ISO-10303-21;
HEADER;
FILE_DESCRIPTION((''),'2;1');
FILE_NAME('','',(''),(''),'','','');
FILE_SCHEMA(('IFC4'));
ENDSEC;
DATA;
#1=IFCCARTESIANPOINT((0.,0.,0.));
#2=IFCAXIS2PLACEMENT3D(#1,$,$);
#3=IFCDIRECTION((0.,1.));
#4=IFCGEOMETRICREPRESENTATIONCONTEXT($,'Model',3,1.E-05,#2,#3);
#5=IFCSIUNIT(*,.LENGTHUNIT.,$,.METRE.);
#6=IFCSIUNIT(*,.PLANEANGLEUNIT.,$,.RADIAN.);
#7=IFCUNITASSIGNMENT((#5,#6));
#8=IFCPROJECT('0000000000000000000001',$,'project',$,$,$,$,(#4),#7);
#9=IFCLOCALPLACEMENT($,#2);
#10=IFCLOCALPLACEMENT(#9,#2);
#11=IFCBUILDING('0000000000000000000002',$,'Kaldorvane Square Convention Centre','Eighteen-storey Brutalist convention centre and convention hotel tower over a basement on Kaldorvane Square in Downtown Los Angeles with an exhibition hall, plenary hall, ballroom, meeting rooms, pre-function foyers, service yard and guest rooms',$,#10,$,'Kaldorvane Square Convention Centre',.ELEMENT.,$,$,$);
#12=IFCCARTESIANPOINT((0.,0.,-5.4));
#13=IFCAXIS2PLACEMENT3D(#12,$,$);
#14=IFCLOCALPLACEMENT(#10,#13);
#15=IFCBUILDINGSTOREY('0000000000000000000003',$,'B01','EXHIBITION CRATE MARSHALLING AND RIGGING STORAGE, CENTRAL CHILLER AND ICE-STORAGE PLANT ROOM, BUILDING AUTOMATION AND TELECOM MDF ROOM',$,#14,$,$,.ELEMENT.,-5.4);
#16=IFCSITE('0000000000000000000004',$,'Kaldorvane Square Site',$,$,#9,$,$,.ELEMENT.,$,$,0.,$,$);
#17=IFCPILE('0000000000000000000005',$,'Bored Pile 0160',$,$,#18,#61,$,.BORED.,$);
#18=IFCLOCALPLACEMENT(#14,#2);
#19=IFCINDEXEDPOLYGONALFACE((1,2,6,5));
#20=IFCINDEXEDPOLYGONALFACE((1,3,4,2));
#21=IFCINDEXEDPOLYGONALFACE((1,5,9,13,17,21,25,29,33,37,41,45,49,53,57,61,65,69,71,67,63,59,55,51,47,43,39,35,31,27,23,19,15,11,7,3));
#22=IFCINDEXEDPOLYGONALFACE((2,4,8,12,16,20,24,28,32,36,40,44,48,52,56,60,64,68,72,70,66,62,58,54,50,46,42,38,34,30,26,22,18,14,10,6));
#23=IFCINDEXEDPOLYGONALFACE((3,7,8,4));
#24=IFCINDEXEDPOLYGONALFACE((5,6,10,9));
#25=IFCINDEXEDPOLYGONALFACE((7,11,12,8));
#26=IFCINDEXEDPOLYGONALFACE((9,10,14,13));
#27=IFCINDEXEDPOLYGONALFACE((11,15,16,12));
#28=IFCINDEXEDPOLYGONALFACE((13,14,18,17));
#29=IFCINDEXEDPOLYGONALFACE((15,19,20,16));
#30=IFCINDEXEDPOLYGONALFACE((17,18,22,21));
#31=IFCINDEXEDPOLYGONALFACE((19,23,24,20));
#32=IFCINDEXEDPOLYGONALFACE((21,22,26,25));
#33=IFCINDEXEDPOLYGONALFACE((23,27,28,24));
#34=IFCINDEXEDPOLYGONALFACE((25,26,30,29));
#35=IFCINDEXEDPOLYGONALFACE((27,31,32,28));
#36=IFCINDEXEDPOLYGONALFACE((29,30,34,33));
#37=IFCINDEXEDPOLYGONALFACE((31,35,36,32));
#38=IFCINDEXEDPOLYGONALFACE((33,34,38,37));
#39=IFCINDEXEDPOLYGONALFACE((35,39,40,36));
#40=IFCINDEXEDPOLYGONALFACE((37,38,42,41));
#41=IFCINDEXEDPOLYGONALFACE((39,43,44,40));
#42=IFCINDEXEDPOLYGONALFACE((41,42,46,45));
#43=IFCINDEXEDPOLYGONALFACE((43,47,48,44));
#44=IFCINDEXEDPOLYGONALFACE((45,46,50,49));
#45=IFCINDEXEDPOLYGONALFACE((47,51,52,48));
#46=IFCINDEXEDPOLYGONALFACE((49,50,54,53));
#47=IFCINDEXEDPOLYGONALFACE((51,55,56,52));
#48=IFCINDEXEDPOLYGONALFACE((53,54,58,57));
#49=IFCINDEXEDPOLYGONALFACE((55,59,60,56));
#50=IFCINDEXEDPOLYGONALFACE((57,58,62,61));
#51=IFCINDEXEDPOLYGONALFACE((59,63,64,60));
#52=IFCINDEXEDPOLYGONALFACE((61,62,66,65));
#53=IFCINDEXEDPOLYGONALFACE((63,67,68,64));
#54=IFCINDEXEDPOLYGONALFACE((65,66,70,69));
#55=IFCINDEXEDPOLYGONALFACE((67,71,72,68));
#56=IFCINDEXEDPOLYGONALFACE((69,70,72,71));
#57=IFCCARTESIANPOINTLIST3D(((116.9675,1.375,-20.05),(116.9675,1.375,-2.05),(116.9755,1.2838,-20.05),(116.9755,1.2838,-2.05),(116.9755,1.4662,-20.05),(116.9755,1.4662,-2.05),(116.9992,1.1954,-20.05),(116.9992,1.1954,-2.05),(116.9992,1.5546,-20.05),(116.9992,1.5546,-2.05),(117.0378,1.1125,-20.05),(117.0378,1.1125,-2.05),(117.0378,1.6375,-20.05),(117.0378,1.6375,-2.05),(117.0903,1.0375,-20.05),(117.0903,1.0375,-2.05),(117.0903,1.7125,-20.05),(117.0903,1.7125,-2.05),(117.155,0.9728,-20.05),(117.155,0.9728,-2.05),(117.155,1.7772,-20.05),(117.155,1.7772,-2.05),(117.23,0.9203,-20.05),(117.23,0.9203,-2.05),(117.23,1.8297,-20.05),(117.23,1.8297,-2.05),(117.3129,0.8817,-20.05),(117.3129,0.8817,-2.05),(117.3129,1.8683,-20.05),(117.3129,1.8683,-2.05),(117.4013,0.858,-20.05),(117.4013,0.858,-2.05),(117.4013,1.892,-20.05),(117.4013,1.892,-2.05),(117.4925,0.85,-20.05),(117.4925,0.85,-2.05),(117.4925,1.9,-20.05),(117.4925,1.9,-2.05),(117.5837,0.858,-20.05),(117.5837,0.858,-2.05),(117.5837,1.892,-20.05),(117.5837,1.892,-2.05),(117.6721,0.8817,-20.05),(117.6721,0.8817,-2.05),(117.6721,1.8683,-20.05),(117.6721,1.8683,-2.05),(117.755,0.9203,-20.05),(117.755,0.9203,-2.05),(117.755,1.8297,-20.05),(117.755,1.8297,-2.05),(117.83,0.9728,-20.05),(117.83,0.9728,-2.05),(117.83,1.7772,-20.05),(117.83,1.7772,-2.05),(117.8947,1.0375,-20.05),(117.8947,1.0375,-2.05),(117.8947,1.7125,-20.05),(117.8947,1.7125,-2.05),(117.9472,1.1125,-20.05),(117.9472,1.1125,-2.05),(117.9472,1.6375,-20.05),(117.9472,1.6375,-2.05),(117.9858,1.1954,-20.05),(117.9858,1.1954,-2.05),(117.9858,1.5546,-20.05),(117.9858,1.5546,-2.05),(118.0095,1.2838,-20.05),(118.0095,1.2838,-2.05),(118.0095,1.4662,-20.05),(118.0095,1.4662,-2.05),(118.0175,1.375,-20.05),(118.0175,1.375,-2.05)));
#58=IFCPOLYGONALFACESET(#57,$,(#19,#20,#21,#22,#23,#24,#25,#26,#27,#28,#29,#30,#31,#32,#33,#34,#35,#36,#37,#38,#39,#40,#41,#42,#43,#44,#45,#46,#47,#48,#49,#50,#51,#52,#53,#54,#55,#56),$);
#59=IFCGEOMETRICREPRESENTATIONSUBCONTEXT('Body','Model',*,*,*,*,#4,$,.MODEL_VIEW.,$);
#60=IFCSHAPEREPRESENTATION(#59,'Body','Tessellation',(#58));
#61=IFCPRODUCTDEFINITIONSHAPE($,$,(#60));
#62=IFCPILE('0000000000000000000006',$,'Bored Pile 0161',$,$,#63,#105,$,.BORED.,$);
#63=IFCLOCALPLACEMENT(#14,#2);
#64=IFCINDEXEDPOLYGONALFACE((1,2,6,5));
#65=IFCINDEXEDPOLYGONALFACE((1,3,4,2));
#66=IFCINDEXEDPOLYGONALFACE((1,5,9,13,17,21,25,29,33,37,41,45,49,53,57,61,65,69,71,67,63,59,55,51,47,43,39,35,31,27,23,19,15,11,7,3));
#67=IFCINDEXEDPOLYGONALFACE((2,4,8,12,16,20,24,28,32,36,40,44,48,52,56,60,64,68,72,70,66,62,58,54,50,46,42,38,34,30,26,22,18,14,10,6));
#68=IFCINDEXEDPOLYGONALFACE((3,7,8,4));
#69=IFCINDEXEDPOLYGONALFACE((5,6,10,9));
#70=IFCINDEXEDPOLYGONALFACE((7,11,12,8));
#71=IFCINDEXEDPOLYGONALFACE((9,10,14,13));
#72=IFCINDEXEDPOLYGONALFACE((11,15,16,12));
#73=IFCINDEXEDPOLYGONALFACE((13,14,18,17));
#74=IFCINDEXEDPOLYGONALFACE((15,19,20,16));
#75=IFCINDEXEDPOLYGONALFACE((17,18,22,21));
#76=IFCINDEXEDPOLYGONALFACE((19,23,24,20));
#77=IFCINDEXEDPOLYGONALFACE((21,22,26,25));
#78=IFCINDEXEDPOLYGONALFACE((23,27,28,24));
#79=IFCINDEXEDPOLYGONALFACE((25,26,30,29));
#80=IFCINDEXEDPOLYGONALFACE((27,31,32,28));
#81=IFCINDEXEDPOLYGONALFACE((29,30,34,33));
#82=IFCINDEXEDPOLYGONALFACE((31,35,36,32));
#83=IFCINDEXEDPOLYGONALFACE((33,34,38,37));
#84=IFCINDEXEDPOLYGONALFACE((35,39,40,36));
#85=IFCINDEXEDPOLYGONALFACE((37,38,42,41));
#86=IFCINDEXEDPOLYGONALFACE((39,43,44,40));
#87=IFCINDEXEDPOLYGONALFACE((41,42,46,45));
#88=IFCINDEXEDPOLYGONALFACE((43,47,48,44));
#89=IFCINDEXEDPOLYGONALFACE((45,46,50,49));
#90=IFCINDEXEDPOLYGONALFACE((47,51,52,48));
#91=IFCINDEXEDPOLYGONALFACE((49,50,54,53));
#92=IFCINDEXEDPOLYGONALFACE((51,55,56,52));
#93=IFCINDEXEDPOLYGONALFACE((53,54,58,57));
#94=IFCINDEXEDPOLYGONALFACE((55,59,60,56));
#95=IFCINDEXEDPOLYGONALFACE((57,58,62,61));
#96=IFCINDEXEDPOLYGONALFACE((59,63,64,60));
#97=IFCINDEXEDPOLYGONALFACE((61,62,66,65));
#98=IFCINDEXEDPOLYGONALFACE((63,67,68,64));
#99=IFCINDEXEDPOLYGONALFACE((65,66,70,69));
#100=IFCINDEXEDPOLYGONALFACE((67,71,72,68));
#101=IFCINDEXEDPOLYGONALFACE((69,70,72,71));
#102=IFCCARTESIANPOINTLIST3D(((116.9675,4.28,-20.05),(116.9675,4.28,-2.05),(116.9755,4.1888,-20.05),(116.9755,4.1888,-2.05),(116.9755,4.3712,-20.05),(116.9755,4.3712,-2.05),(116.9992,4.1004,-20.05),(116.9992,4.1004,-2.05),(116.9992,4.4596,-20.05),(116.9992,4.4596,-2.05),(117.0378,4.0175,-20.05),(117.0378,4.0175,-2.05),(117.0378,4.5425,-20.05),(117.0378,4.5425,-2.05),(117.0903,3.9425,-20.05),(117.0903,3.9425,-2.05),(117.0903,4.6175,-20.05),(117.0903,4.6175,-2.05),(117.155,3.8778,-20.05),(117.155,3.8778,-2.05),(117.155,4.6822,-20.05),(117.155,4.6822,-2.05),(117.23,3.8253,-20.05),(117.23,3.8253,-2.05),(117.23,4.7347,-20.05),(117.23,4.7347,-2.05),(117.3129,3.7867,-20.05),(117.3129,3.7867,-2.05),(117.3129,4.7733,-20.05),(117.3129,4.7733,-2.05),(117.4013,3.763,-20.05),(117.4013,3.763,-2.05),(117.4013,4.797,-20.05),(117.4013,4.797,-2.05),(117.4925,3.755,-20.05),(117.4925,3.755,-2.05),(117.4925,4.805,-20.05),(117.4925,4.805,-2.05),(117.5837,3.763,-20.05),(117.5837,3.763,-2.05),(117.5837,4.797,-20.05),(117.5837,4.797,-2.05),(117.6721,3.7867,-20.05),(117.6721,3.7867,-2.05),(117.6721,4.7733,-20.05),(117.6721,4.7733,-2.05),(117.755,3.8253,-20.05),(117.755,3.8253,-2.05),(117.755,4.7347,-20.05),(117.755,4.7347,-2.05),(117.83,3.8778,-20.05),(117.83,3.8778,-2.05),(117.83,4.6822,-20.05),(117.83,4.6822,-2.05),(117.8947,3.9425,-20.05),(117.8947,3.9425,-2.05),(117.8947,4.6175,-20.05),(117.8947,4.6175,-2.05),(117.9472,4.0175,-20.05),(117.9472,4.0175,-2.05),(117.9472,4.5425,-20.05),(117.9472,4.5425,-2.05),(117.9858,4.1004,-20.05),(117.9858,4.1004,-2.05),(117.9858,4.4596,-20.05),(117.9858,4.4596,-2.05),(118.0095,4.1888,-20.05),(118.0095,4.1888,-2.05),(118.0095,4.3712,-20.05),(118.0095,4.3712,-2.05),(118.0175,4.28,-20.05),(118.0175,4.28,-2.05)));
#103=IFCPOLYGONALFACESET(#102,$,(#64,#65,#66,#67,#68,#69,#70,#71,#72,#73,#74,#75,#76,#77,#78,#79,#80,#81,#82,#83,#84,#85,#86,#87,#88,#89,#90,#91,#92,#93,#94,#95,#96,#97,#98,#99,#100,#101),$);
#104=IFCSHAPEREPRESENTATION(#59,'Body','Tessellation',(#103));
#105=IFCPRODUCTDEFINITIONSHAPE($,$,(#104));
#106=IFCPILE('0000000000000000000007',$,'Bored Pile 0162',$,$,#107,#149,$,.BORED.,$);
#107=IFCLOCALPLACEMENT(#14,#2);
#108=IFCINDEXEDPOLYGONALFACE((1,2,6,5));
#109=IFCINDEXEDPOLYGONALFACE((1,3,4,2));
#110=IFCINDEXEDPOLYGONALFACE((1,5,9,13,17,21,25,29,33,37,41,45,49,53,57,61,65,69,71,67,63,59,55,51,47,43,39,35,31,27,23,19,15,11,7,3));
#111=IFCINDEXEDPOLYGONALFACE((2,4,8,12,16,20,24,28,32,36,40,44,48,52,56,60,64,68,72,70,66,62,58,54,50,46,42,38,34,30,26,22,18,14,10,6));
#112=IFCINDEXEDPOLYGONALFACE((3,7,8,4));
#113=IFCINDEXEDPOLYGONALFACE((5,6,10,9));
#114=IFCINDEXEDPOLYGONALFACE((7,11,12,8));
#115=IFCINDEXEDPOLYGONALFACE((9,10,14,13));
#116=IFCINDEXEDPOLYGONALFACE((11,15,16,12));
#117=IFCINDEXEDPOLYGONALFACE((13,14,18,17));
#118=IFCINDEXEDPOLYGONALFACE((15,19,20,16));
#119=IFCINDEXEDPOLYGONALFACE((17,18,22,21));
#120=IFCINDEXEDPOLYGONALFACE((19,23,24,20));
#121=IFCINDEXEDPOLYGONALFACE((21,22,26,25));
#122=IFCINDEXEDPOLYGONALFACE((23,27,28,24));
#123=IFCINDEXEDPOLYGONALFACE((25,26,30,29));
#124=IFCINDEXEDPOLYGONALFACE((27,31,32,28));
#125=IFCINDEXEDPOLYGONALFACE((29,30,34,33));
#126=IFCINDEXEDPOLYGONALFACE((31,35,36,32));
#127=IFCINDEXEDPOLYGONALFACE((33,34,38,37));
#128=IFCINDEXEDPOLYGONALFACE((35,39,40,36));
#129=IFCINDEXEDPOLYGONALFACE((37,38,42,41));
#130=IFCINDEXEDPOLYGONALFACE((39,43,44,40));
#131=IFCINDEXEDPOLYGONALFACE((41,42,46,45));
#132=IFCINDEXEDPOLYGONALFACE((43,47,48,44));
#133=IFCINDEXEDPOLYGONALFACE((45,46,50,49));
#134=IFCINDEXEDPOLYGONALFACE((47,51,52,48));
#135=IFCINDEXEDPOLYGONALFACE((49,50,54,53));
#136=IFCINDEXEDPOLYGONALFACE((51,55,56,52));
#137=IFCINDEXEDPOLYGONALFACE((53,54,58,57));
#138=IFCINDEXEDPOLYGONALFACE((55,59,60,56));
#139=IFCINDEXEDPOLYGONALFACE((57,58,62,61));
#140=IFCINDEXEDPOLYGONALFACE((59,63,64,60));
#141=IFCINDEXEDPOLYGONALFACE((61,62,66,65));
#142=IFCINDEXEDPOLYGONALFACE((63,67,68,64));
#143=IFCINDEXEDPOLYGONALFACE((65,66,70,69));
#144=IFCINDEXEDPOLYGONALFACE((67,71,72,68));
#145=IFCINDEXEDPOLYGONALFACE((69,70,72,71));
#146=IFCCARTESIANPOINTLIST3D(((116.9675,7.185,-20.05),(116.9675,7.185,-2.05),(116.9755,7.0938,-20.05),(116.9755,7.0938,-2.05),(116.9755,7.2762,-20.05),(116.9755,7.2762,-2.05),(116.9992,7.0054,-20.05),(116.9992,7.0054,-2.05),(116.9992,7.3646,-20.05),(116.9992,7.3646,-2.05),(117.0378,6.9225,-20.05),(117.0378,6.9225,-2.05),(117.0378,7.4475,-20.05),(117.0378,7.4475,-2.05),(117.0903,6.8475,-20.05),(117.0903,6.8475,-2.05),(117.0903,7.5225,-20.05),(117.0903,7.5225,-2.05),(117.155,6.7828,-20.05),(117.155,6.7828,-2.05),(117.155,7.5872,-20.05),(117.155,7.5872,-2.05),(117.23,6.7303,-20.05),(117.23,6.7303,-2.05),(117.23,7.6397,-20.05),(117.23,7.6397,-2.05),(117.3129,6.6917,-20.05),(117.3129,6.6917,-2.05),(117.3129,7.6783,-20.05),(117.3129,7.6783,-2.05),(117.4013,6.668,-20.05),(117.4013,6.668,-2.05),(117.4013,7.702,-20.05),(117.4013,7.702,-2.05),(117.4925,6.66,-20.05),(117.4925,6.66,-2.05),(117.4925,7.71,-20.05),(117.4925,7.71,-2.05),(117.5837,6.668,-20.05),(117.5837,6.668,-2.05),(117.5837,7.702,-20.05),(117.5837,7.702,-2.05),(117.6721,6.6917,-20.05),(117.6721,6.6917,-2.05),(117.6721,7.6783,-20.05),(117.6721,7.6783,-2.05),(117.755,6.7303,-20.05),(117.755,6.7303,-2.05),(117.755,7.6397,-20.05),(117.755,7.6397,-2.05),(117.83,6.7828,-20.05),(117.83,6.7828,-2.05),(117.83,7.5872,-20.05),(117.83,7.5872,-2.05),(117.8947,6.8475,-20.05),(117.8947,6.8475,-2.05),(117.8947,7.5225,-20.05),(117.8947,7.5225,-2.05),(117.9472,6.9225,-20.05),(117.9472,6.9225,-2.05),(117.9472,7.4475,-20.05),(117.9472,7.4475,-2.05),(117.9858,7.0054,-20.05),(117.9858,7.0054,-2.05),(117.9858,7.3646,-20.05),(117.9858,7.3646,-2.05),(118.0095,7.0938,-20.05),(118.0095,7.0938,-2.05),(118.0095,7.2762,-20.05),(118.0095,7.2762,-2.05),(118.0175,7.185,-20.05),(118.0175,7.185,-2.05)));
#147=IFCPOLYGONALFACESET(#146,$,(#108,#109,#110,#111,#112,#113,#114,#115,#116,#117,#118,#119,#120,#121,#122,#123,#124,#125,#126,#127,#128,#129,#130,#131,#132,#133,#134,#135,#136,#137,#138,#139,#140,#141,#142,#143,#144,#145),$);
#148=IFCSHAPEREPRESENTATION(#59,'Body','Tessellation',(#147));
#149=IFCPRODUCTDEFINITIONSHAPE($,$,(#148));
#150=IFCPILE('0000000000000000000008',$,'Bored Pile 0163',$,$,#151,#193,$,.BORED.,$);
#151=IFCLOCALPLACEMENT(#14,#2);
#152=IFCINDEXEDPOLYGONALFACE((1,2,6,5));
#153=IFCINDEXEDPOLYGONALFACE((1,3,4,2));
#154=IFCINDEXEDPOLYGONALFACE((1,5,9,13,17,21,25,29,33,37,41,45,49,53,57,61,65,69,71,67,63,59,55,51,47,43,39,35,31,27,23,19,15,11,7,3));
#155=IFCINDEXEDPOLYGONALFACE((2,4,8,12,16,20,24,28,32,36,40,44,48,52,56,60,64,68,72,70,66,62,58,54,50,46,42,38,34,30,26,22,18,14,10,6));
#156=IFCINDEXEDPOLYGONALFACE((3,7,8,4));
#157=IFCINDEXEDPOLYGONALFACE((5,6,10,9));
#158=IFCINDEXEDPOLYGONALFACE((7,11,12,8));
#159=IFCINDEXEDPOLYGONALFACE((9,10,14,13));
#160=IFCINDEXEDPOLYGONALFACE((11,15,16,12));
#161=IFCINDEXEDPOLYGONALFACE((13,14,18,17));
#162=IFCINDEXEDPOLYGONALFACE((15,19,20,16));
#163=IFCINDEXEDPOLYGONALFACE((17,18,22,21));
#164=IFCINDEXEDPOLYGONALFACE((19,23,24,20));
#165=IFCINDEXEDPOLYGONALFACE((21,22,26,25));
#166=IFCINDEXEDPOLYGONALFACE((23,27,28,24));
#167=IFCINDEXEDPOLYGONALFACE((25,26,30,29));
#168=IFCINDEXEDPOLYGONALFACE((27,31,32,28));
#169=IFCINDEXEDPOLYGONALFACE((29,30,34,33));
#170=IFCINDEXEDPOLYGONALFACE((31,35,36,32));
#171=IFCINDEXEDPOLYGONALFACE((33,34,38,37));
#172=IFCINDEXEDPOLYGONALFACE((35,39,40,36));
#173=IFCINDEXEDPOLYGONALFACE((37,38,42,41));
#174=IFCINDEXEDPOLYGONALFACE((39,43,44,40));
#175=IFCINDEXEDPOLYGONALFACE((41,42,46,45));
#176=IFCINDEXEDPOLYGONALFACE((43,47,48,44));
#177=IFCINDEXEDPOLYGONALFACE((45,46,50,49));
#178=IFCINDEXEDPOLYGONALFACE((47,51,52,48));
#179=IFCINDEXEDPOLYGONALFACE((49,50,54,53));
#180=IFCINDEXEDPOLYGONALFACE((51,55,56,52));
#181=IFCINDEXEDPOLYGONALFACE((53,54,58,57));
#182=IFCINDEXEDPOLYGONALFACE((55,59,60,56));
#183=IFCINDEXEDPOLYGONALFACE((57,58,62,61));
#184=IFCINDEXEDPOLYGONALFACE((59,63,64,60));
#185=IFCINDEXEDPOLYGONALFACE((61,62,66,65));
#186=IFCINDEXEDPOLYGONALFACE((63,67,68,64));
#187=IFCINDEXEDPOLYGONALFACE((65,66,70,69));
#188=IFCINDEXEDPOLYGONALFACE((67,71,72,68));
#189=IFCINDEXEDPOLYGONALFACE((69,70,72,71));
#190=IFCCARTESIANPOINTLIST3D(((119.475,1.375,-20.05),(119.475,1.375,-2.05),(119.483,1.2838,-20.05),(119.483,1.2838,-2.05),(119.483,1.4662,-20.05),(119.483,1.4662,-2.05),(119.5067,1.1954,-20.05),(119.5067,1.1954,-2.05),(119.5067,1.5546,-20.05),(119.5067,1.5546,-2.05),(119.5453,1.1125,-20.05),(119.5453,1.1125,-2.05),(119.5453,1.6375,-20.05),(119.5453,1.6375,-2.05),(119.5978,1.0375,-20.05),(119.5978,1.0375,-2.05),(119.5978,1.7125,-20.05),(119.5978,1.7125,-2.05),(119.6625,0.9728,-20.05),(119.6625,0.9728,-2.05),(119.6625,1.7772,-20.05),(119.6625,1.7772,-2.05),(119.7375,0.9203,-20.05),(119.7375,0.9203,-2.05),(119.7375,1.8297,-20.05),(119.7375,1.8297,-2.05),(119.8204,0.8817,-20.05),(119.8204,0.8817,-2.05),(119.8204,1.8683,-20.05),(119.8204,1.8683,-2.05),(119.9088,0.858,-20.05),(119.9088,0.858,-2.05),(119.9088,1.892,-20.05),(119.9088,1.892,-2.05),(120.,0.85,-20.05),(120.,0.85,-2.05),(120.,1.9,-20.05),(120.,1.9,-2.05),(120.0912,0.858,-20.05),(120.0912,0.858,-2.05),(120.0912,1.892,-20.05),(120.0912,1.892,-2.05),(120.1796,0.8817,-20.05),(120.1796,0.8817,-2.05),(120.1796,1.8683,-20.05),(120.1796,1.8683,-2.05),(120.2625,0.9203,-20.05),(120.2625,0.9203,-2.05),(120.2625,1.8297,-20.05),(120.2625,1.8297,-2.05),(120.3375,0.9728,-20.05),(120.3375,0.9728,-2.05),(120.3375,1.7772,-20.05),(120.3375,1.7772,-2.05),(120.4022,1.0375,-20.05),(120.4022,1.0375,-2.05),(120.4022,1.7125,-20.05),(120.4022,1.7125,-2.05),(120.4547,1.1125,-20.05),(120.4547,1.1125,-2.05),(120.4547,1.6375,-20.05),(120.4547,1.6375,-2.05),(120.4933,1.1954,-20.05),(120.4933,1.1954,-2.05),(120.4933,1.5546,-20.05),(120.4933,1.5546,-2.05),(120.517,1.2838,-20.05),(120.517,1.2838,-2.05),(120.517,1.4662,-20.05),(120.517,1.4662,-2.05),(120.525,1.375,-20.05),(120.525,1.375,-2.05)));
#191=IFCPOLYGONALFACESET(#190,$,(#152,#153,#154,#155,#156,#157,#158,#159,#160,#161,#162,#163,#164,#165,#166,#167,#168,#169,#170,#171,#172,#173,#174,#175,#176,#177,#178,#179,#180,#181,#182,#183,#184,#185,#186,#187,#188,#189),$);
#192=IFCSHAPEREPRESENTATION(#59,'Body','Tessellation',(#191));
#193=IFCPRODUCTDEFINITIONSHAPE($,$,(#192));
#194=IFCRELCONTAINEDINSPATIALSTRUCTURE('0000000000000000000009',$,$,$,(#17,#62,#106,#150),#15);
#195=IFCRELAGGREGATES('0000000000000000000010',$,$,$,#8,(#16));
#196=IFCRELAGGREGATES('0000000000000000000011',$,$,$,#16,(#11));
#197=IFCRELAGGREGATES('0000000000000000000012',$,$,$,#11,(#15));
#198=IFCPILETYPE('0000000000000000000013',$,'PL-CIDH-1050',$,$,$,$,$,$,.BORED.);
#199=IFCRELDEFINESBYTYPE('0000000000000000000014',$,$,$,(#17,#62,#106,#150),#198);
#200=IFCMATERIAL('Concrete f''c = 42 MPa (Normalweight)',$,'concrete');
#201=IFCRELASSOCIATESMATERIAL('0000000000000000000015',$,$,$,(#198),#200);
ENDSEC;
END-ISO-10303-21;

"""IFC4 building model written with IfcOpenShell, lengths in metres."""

from ifc_helpers import new_model, si_unit, direction, frame, origin, origin_2d, place, context, subcontext, project, spatial, circle, extrude, material, material_profile, profile_set, type_object, element, save


model = new_model("IFC4")

# Units and contexts
model_context = context("Model", 3, precision=1e-05, world=origin(), true_north=direction((0.0, 1.0)))
body_context = subcontext(model_context, "Body", "Model", "MODEL_VIEW")
ifc_project = project(units=[si_unit("LENGTHUNIT", "METRE"), si_unit("PLANEANGLEUNIT", "RADIAN")], contexts=[model_context])

# Site, building, storey
site_placement = place(None, origin())
site = spatial("IfcSite", under=ifc_project, at=site_placement, Name="Kaldorvane Square Site", CompositionType="ELEMENT", RefElevation=0.0)
building_placement = place(site_placement, origin())
building = spatial("IfcBuilding", under=site, at=building_placement, Name="Kaldorvane Square Convention Centre", Description="Eighteen-storey Brutalist convention centre and convention hotel tower over a basement on Kaldorvane Square in Downtown Los Angeles with an exhibition hall, plenary hall, ballroom, meeting rooms, pre-function foyers, service yard and guest rooms", LongName="Kaldorvane Square Convention Centre", CompositionType="ELEMENT")
storey_placement = place(building_placement, frame((0.0, 0.0, -5.4)))
storey = spatial("IfcBuildingStorey", under=building, at=storey_placement, Name="B01", Description="EXHIBITION CRATE MARSHALLING AND RIGGING STORAGE, CENTRAL CHILLER AND ICE-STORAGE PLANT ROOM, BUILDING AUTOMATION AND TELECOM MDF ROOM", CompositionType="ELEMENT", Elevation=-5.4)

# Shared definitions
ifc_material_1 = material(Name="Concrete f'c = 42 MPa (Normalweight)", Category="concrete")

# Piles
ifc_material_profile_1 = material_profile(ifc_material_1, circle(Radius=0.525, at=origin_2d()), Name="PILE-D1050")
ifc_profile_set_1 = profile_set([ifc_material_profile_1], Name="Concrete f'c = 42 MPa (Normalweight)")
pile_type = type_object("IfcPileType", Name="PL-CIDH-1050", PredefinedType="BORED", material=ifc_profile_set_1)
for number, where, z_axis, x_axis, name in (
    (1, (117.4925, 1.375, -2.05), (0.0, 0.0, -1.0), (1.0, 0.0, 0.0), "Bored Pile 0160"),
    (2, (117.4925, 4.28, -2.05), (0.0, 0.0, -1.0), (1.0, 0.0, 0.0), "Bored Pile 0161"),
    (3, (117.4925, 7.185, -2.05), (0.0, 0.0, -1.0), (1.0, 0.0, 0.0), "Bored Pile 0162"),
    (4, (120.0, 1.375, -2.05), (0.0, 0.0, -1.0), (1.0, 0.0, 0.0), "Bored Pile 0163"),
):
    element("IfcPile", number, at=place(storey_placement, frame(where, z_axis=z_axis, x_axis=x_axis)), inside=storey, type_object=pile_type, Name=name, PredefinedType="BORED", context=body_context, shape_type="SweptSolid", body=[
        extrude(circle(Radius=0.525, at=origin_2d()), origin(), (0.0, 0.0, 1.0), 18.0),
    ])

save(model, "model.ifc")
